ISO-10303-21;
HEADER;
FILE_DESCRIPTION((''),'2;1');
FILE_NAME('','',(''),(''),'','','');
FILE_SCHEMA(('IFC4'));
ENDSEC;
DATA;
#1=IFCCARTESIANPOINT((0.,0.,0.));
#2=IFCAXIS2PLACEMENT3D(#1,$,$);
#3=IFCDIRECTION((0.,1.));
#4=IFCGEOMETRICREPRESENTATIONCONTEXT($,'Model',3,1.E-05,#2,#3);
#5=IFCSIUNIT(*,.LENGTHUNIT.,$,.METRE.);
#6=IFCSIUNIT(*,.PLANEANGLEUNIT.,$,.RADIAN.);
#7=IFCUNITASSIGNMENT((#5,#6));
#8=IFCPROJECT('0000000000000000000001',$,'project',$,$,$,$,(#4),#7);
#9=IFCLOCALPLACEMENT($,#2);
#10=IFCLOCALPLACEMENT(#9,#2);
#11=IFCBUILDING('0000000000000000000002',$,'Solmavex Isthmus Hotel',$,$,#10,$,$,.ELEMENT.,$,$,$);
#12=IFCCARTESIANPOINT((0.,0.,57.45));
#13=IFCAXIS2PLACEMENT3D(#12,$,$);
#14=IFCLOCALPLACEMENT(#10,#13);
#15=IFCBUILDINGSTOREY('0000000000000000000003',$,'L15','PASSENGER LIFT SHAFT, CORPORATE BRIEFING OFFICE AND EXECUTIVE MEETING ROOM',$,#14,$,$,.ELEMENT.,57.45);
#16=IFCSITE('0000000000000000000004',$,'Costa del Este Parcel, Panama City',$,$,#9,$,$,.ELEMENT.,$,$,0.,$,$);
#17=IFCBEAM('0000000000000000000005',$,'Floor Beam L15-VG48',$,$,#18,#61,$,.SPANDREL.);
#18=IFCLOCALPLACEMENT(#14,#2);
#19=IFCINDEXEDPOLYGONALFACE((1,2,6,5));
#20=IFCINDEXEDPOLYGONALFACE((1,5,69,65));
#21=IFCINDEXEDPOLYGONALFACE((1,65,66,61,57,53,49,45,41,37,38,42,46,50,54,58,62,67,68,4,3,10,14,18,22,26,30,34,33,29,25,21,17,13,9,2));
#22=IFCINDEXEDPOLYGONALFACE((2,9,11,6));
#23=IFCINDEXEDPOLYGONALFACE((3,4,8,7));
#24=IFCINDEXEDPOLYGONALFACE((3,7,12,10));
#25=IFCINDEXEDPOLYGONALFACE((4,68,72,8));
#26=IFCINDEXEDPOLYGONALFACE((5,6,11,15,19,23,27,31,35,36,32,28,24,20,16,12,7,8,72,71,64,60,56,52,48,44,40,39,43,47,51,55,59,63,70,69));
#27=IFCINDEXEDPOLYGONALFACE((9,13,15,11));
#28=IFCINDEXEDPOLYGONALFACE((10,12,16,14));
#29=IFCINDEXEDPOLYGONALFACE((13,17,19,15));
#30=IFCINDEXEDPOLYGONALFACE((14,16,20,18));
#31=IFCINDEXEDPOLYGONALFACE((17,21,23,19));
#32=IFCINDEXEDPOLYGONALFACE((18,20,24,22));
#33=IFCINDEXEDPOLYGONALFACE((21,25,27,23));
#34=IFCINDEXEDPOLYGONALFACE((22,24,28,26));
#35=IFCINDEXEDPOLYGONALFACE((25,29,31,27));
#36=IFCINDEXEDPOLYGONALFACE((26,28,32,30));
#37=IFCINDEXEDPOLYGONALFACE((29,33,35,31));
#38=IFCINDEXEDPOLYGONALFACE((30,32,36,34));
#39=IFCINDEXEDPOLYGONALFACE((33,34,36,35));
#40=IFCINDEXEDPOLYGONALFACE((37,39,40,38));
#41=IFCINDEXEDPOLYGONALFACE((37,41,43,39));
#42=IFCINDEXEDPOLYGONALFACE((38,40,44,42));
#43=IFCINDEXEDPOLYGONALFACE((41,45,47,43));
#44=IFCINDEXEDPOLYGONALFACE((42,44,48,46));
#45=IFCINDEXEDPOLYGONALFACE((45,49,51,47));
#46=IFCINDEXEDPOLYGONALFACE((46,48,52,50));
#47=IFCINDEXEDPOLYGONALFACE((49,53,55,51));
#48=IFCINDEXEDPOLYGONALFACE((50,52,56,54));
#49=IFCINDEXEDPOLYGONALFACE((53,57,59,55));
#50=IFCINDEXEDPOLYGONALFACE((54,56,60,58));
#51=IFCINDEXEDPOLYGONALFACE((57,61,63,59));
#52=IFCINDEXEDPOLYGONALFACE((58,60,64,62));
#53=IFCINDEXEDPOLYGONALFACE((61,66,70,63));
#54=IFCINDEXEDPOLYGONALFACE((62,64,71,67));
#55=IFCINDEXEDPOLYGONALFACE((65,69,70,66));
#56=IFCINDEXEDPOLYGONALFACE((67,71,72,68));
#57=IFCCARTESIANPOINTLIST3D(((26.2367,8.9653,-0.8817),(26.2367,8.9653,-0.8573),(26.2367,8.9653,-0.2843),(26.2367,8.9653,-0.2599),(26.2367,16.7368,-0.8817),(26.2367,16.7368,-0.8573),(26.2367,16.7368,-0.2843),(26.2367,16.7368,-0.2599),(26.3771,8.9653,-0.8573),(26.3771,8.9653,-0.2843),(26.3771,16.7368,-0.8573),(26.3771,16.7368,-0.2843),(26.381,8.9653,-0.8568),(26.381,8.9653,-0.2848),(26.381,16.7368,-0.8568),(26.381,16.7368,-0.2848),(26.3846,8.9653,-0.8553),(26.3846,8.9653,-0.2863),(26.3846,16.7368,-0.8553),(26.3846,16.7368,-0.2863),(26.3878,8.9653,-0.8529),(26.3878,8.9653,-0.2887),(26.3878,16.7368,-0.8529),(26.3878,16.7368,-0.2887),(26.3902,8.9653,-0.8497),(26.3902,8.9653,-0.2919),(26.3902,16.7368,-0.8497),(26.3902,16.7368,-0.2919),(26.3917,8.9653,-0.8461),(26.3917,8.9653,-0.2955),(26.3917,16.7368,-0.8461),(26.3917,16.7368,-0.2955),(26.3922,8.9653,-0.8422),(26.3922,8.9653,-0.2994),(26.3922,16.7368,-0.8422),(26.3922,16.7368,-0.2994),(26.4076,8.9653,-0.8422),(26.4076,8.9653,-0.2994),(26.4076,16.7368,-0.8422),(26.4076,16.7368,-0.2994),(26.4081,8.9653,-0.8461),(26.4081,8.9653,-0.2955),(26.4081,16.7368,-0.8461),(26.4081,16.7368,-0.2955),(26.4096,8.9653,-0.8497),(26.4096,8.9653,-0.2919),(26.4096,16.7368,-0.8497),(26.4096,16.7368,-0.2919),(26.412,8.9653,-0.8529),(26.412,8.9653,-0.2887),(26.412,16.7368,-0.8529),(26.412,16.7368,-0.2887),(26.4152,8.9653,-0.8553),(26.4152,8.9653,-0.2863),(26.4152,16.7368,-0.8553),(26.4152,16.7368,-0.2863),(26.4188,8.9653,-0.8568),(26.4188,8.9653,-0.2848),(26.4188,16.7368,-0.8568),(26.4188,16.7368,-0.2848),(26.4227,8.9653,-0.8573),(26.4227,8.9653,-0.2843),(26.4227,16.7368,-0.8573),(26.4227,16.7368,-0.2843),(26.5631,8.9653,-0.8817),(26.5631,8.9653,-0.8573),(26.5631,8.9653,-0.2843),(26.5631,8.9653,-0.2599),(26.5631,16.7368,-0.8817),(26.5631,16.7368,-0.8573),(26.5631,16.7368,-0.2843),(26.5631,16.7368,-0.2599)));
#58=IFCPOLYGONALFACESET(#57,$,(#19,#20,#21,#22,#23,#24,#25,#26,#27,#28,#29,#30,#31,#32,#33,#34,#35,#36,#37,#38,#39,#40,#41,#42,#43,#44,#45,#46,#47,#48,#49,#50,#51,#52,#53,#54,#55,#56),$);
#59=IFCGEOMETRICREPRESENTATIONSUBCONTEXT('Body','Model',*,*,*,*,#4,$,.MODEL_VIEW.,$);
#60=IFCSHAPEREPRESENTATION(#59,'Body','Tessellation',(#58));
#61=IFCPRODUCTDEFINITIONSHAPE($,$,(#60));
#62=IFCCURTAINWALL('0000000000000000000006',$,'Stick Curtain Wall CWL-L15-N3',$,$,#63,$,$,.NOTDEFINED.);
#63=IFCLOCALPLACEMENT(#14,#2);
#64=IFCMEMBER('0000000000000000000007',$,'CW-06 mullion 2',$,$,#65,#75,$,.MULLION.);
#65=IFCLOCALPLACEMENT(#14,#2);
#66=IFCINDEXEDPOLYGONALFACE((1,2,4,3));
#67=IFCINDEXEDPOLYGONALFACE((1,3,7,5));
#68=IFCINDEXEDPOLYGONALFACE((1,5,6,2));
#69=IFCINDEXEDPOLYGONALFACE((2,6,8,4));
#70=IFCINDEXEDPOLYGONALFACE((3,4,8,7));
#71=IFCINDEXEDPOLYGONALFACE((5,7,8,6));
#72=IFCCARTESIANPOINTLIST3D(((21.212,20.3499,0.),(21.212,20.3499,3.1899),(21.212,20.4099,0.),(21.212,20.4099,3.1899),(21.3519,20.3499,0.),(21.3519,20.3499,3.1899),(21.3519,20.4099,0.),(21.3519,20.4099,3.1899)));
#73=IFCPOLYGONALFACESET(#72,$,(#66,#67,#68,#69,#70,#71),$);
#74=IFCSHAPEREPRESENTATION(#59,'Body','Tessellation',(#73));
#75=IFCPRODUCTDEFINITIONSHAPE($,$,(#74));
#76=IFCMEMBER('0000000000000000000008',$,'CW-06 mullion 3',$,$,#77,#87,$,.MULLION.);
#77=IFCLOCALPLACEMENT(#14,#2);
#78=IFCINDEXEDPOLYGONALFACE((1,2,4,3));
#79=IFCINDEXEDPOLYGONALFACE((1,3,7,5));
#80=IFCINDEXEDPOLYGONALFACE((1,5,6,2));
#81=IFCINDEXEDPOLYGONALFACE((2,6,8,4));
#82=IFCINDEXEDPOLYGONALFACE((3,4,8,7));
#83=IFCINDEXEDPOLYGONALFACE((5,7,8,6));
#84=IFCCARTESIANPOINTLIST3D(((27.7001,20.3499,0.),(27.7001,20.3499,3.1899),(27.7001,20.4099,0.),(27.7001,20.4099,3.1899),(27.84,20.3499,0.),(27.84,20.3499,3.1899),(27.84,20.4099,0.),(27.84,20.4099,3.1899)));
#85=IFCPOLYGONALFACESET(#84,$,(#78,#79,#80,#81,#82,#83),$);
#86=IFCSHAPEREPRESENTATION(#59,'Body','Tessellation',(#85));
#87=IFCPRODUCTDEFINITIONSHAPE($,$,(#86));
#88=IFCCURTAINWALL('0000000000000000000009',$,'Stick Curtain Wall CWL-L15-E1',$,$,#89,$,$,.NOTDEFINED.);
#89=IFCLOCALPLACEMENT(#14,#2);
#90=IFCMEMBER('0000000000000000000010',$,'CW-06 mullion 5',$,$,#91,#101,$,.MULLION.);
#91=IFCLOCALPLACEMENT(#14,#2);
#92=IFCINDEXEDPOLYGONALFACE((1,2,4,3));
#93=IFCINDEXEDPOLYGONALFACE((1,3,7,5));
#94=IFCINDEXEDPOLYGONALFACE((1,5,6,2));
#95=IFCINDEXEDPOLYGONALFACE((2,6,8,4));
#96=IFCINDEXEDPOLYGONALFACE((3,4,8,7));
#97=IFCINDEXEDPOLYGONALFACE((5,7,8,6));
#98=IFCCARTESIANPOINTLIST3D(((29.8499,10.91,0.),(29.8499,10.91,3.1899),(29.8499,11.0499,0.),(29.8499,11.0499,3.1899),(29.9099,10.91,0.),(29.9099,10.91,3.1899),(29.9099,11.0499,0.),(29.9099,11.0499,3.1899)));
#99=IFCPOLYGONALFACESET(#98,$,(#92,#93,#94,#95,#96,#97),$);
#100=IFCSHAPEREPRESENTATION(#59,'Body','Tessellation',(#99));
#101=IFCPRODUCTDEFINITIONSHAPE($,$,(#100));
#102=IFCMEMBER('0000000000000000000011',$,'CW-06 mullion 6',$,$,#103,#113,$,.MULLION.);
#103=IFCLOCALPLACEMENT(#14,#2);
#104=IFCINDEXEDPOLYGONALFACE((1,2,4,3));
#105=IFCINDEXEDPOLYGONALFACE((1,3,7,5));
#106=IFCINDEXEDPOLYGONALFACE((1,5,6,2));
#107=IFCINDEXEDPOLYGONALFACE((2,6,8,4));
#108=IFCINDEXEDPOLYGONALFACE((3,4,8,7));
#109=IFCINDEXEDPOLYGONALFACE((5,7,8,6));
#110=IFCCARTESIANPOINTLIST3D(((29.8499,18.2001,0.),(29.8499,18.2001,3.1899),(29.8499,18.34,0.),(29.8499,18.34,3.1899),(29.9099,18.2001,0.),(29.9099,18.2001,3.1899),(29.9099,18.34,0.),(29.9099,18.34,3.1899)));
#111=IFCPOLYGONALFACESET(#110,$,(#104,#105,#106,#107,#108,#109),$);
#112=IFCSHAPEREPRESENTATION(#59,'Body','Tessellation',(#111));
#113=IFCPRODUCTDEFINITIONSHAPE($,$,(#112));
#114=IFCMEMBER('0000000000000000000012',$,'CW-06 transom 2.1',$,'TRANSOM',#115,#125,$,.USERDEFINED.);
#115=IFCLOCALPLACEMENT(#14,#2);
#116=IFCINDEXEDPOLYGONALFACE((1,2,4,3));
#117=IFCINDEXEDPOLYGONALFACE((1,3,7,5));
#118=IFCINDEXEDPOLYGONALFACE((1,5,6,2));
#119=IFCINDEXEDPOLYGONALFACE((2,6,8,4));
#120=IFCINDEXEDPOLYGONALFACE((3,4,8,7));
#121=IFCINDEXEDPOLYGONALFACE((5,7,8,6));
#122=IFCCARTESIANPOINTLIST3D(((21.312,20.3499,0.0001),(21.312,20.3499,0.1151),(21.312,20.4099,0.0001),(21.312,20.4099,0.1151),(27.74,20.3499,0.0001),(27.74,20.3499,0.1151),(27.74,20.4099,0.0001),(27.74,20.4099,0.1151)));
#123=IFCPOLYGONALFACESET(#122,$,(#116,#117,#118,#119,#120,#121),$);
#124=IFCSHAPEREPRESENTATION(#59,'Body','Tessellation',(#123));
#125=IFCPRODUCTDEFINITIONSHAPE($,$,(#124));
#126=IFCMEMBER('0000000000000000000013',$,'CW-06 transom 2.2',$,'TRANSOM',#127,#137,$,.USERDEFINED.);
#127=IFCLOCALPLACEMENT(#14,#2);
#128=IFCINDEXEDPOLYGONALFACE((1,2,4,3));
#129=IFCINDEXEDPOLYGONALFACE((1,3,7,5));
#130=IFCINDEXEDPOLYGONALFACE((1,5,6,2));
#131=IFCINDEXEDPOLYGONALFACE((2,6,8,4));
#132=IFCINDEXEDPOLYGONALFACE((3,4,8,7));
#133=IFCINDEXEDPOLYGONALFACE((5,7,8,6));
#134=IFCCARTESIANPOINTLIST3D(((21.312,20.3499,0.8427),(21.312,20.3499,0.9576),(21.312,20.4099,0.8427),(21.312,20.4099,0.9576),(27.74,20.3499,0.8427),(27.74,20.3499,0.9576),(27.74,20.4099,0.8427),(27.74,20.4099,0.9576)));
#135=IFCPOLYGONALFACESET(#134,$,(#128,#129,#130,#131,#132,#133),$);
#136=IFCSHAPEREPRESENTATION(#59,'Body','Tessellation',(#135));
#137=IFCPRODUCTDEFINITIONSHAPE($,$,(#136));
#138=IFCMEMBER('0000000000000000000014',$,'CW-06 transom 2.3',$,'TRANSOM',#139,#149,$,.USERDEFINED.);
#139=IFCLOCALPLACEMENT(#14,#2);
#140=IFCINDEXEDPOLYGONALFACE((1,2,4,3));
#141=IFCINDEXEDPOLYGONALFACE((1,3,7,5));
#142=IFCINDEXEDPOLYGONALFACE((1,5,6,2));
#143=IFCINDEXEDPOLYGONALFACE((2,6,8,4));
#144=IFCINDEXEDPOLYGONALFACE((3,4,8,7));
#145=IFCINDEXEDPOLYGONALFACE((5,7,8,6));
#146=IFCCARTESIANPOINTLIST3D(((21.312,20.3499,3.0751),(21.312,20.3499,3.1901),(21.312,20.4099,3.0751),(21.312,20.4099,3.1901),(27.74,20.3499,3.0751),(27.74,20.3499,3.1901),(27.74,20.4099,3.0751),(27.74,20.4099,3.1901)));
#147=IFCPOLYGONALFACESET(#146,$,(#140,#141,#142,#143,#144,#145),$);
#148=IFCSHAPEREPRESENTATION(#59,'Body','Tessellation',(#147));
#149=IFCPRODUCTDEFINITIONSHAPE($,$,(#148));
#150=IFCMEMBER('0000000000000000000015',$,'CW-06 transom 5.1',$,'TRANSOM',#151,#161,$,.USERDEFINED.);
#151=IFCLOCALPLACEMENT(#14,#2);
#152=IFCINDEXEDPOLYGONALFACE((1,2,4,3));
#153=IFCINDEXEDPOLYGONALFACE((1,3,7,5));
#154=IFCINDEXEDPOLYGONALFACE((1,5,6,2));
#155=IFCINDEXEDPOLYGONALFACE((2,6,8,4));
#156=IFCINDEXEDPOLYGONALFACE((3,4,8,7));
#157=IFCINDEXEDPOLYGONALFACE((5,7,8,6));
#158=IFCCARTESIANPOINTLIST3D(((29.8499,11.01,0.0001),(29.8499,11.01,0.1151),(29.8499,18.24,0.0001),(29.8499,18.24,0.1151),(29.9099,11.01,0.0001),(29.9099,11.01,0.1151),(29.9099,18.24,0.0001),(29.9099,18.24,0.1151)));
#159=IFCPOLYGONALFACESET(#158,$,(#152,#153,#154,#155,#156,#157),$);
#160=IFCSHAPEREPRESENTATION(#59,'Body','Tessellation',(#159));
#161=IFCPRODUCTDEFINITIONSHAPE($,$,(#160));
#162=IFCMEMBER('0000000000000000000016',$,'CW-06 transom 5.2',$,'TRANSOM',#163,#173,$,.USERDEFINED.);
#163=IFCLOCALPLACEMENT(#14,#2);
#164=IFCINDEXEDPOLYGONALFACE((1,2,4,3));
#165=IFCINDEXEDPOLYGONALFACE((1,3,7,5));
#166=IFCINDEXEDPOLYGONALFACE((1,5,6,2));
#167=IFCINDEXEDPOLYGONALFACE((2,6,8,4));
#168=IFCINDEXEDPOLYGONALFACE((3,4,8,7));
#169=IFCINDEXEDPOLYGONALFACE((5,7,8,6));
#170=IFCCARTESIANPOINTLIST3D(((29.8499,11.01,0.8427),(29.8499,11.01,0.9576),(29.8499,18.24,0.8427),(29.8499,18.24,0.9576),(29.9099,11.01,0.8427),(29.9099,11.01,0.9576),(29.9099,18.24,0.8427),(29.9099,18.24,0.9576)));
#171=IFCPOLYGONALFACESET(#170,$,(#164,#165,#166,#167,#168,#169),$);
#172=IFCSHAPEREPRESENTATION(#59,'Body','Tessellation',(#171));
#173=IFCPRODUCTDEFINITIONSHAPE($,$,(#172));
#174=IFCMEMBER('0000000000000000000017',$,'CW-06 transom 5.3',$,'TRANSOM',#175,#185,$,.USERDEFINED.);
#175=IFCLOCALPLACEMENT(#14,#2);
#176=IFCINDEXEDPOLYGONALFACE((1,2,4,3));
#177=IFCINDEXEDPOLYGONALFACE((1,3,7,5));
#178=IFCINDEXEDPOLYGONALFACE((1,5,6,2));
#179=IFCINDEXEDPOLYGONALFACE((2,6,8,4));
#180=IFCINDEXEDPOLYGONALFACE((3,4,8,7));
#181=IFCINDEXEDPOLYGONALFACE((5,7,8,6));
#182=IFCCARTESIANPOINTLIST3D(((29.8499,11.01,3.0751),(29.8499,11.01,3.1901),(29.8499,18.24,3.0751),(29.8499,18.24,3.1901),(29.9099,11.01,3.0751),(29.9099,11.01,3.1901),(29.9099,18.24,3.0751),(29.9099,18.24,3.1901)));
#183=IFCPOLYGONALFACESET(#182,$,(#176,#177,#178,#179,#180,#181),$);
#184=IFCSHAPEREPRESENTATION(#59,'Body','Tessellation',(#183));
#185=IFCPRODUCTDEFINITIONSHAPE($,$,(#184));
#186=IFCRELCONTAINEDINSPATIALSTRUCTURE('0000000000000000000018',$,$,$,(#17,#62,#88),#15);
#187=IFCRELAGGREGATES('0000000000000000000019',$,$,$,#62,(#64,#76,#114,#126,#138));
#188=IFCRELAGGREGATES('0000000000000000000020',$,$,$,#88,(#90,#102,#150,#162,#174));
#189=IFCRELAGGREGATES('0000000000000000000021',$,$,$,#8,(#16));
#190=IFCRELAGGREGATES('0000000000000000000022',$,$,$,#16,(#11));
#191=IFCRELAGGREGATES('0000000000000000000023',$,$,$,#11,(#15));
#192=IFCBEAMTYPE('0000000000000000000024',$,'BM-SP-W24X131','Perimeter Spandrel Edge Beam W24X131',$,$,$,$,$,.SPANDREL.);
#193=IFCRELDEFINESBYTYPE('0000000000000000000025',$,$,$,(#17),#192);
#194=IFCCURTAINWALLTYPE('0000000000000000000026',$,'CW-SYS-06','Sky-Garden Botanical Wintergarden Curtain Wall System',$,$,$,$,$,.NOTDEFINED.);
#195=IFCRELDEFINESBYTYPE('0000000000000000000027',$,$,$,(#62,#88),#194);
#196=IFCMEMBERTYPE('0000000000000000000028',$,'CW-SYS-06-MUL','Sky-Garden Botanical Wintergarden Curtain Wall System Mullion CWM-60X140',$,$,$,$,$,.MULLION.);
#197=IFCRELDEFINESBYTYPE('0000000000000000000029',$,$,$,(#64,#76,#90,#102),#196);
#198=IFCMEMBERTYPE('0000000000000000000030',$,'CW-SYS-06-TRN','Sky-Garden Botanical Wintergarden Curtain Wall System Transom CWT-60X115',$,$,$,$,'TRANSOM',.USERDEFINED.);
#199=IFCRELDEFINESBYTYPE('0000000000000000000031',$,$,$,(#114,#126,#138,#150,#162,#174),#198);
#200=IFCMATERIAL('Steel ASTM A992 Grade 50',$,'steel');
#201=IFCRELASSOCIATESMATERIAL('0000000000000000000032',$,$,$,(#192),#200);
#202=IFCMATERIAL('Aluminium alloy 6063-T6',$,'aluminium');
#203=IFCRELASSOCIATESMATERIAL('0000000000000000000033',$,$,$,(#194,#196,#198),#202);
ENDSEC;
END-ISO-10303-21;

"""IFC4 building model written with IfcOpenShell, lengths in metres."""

from ifc_helpers import new_model, si_unit, direction, frame, origin, origin_2d, place, context, subcontext, project, spatial, rectangle, i_section, extrude, material, material_profile, profile_set, type_object, element, aggregate, save


model = new_model("IFC4")

# Units and contexts
model_context = context("Model", 3, precision=1e-05, world=origin(), true_north=direction((0.0, 1.0)))
body_context = subcontext(model_context, "Body", "Model", "MODEL_VIEW")
ifc_project = project(units=[si_unit("LENGTHUNIT", "METRE"), si_unit("PLANEANGLEUNIT", "RADIAN")], contexts=[model_context])

# Site, building, storey
site_placement = place(None, origin())
site = spatial("IfcSite", under=ifc_project, at=site_placement, Name="Costa del Este Parcel, Panama City", CompositionType="ELEMENT", RefElevation=0.0)
building_placement = place(site_placement, origin())
building = spatial("IfcBuilding", under=site, at=building_placement, Name="Solmavex Isthmus Hotel", CompositionType="ELEMENT")
storey_placement = place(building_placement, frame((0.0, 0.0, 57.45)))
storey = spatial("IfcBuildingStorey", under=building, at=storey_placement, Name="L15", Description="PASSENGER LIFT SHAFT, CORPORATE BRIEFING OFFICE AND EXECUTIVE MEETING ROOM", CompositionType="ELEMENT", Elevation=57.45)

# Beam
ifc_material_1 = material(Name="Steel ASTM A992 Grade 50", Category="steel")
ifc_material_profile_1 = material_profile(ifc_material_1, i_section(OverallWidth=0.3264, OverallDepth=0.6218, WebThickness=0.0154, FlangeThickness=0.0244, FilletRadius=0.0151, at=origin_2d()), Name="W24X131")
ifc_profile_set_1 = profile_set([ifc_material_profile_1], Name="Steel ASTM A992 Grade 50")
beam_type_1 = type_object("IfcBeamType", Name="BM-SP-W24X131", Description="Perimeter Spandrel Edge Beam W24X131", PredefinedType="SPANDREL", material=ifc_profile_set_1)
beam_1_placement = place(storey_placement, frame((26.3999, 8.9653, -0.5708), z_axis=(0.0, 1.0, 0.0), x_axis=(-1.0, 0.0, 0.0)))
element("IfcBeam", 1, at=beam_1_placement, inside=storey, type_object=beam_type_1, Name="Floor Beam L15-VG48", PredefinedType="SPANDREL", context=body_context, shape_type="SweptSolid", body=[
    extrude(i_section(OverallWidth=0.3264, OverallDepth=0.6218, WebThickness=0.0154, FlangeThickness=0.0244, FilletRadius=0.0151, at=origin_2d()), origin(), (0.0, 0.0, 1.0), 7.7715),
])

# Curtain walls, members
ifc_material_2 = material(Name="Aluminium alloy 6063-T6", Category="aluminium")
curtain_wall_type = type_object("IfcCurtainWallType", Name="CW-SYS-06", Description="Sky-Garden Botanical Wintergarden Curtain Wall System", PredefinedType="NOTDEFINED", material=ifc_material_2)
curtain_wall_1_placement = place(storey_placement, origin())
curtain_wall_1 = element("IfcCurtainWall", 2, at=curtain_wall_1_placement, inside=storey, type_object=curtain_wall_type, Name="Stick Curtain Wall CWL-L15-N3", PredefinedType="NOTDEFINED")
ifc_material_profile_2 = material_profile(ifc_material_2, rectangle(XDim=0.0601, YDim=0.1399, at=origin_2d()), Name="CWM-60X140")
ifc_profile_set_2 = profile_set([ifc_material_profile_2], Name="Aluminium alloy 6063-T6")
member_type_1 = type_object("IfcMemberType", Name="CW-SYS-06-MUL", Description="Sky-Garden Botanical Wintergarden Curtain Wall System Mullion CWM-60X140", PredefinedType="MULLION", material=ifc_profile_set_2)
member_1_placement = place(storey_placement, frame((21.282, 20.3799, 0.0), z_axis=(0.0, 0.0, 1.0), x_axis=(0.0, 1.0, 0.0)))
member_1 = element("IfcMember", 3, at=member_1_placement, type_object=member_type_1, Name="CW-06 mullion 2", PredefinedType="MULLION", context=body_context, shape_type="SweptSolid", body=[
    extrude(rectangle(XDim=0.0601, YDim=0.1399, at=origin_2d()), origin(), (0.0, 0.0, 1.0), 3.1899),
])
member_2_placement = place(storey_placement, frame((27.77, 20.3799, 0.0), z_axis=(0.0, 0.0, 1.0), x_axis=(0.0, 1.0, 0.0)))
member_2 = element("IfcMember", 4, at=member_2_placement, type_object=member_type_1, Name="CW-06 mullion 3", PredefinedType="MULLION", context=body_context, shape_type="SweptSolid", body=[
    extrude(rectangle(XDim=0.0601, YDim=0.1399, at=origin_2d()), origin(), (0.0, 0.0, 1.0), 3.1899),
])
curtain_wall_2_placement = place(storey_placement, origin())
curtain_wall_2 = element("IfcCurtainWall", 5, at=curtain_wall_2_placement, inside=storey, type_object=curtain_wall_type, Name="Stick Curtain Wall CWL-L15-E1", PredefinedType="NOTDEFINED")
member_3_placement = place(storey_placement, frame((29.8799, 10.98, 0.0), z_axis=(0.0, 0.0, 1.0), x_axis=(-1.0, 0.0, 0.0)))
member_3 = element("IfcMember", 6, at=member_3_placement, type_object=member_type_1, Name="CW-06 mullion 5", PredefinedType="MULLION", context=body_context, shape_type="SweptSolid", body=[
    extrude(rectangle(XDim=0.0601, YDim=0.1399, at=origin_2d()), origin(), (0.0, 0.0, 1.0), 3.1899),
])
member_4_placement = place(storey_placement, frame((29.8799, 18.27, 0.0), z_axis=(0.0, 0.0, 1.0), x_axis=(-1.0, 0.0, 0.0)))
member_4 = element("IfcMember", 7, at=member_4_placement, type_object=member_type_1, Name="CW-06 mullion 6", PredefinedType="MULLION", context=body_context, shape_type="SweptSolid", body=[
    extrude(rectangle(XDim=0.0601, YDim=0.1399, at=origin_2d()), origin(), (0.0, 0.0, 1.0), 3.1899),
])

# Members
ifc_material_profile_3 = material_profile(ifc_material_2, rectangle(XDim=0.0601, YDim=0.115, at=origin_2d()), Name="CWT-60X115")
ifc_profile_set_3 = profile_set([ifc_material_profile_3], Name="Aluminium alloy 6063-T6")
member_type_2 = type_object("IfcMemberType", Name="CW-SYS-06-TRN", Description="Sky-Garden Botanical Wintergarden Curtain Wall System Transom CWT-60X115", ElementType="TRANSOM", PredefinedType="USERDEFINED", material=ifc_profile_set_3)
member_5_placement = place(storey_placement, frame((21.312, 20.3799, 0.0576), z_axis=(1.0, 0.0, 0.0), x_axis=(0.0, 1.0, 0.0)))
member_5 = element("IfcMember", 8, at=member_5_placement, type_object=member_type_2, Name="CW-06 transom 2.1", ObjectType="TRANSOM", PredefinedType="USERDEFINED", context=body_context, shape_type="SweptSolid", body=[
    extrude(rectangle(XDim=0.0601, YDim=0.115, at=origin_2d()), origin(), (0.0, 0.0, 1.0), 6.428),
])
member_6_placement = place(storey_placement, frame((21.312, 20.3799, 0.9001), z_axis=(1.0, 0.0, 0.0), x_axis=(0.0, 1.0, 0.0)))
member_6 = element("IfcMember", 9, at=member_6_placement, type_object=member_type_2, Name="CW-06 transom 2.2", ObjectType="TRANSOM", PredefinedType="USERDEFINED", context=body_context, shape_type="SweptSolid", body=[
    extrude(rectangle(XDim=0.0601, YDim=0.115, at=origin_2d()), origin(), (0.0, 0.0, 1.0), 6.428),
])
member_7_placement = place(storey_placement, frame((21.312, 20.3799, 3.1326), z_axis=(1.0, 0.0, 0.0), x_axis=(0.0, 1.0, 0.0)))
member_7 = element("IfcMember", 10, at=member_7_placement, type_object=member_type_2, Name="CW-06 transom 2.3", ObjectType="TRANSOM", PredefinedType="USERDEFINED", context=body_context, shape_type="SweptSolid", body=[
    extrude(rectangle(XDim=0.0601, YDim=0.115, at=origin_2d()), origin(), (0.0, 0.0, 1.0), 6.428),
])
member_8_placement = place(storey_placement, frame((29.8799, 11.01, 0.0576), z_axis=(0.0, 1.0, 0.0), x_axis=(-1.0, 0.0, 0.0)))
member_8 = element("IfcMember", 11, at=member_8_placement, type_object=member_type_2, Name="CW-06 transom 5.1", ObjectType="TRANSOM", PredefinedType="USERDEFINED", context=body_context, shape_type="SweptSolid", body=[
    extrude(rectangle(XDim=0.0601, YDim=0.115, at=origin_2d()), origin(), (0.0, 0.0, 1.0), 7.23),
])
member_9_placement = place(storey_placement, frame((29.8799, 11.01, 0.9001), z_axis=(0.0, 1.0, 0.0), x_axis=(-1.0, 0.0, 0.0)))
member_9 = element("IfcMember", 12, at=member_9_placement, type_object=member_type_2, Name="CW-06 transom 5.2", ObjectType="TRANSOM", PredefinedType="USERDEFINED", context=body_context, shape_type="SweptSolid", body=[
    extrude(rectangle(XDim=0.0601, YDim=0.115, at=origin_2d()), origin(), (0.0, 0.0, 1.0), 7.23),
])
member_10_placement = place(storey_placement, frame((29.8799, 11.01, 3.1326), z_axis=(0.0, 1.0, 0.0), x_axis=(-1.0, 0.0, 0.0)))
member_10 = element("IfcMember", 13, at=member_10_placement, type_object=member_type_2, Name="CW-06 transom 5.3", ObjectType="TRANSOM", PredefinedType="USERDEFINED", context=body_context, shape_type="SweptSolid", body=[
    extrude(rectangle(XDim=0.0601, YDim=0.115, at=origin_2d()), origin(), (0.0, 0.0, 1.0), 7.23),
])

aggregate(curtain_wall_1, [member_1, member_2, member_5, member_6, member_7])
aggregate(curtain_wall_2, [member_3, member_4, member_8, member_9, member_10])

save(model, "model.ifc")
